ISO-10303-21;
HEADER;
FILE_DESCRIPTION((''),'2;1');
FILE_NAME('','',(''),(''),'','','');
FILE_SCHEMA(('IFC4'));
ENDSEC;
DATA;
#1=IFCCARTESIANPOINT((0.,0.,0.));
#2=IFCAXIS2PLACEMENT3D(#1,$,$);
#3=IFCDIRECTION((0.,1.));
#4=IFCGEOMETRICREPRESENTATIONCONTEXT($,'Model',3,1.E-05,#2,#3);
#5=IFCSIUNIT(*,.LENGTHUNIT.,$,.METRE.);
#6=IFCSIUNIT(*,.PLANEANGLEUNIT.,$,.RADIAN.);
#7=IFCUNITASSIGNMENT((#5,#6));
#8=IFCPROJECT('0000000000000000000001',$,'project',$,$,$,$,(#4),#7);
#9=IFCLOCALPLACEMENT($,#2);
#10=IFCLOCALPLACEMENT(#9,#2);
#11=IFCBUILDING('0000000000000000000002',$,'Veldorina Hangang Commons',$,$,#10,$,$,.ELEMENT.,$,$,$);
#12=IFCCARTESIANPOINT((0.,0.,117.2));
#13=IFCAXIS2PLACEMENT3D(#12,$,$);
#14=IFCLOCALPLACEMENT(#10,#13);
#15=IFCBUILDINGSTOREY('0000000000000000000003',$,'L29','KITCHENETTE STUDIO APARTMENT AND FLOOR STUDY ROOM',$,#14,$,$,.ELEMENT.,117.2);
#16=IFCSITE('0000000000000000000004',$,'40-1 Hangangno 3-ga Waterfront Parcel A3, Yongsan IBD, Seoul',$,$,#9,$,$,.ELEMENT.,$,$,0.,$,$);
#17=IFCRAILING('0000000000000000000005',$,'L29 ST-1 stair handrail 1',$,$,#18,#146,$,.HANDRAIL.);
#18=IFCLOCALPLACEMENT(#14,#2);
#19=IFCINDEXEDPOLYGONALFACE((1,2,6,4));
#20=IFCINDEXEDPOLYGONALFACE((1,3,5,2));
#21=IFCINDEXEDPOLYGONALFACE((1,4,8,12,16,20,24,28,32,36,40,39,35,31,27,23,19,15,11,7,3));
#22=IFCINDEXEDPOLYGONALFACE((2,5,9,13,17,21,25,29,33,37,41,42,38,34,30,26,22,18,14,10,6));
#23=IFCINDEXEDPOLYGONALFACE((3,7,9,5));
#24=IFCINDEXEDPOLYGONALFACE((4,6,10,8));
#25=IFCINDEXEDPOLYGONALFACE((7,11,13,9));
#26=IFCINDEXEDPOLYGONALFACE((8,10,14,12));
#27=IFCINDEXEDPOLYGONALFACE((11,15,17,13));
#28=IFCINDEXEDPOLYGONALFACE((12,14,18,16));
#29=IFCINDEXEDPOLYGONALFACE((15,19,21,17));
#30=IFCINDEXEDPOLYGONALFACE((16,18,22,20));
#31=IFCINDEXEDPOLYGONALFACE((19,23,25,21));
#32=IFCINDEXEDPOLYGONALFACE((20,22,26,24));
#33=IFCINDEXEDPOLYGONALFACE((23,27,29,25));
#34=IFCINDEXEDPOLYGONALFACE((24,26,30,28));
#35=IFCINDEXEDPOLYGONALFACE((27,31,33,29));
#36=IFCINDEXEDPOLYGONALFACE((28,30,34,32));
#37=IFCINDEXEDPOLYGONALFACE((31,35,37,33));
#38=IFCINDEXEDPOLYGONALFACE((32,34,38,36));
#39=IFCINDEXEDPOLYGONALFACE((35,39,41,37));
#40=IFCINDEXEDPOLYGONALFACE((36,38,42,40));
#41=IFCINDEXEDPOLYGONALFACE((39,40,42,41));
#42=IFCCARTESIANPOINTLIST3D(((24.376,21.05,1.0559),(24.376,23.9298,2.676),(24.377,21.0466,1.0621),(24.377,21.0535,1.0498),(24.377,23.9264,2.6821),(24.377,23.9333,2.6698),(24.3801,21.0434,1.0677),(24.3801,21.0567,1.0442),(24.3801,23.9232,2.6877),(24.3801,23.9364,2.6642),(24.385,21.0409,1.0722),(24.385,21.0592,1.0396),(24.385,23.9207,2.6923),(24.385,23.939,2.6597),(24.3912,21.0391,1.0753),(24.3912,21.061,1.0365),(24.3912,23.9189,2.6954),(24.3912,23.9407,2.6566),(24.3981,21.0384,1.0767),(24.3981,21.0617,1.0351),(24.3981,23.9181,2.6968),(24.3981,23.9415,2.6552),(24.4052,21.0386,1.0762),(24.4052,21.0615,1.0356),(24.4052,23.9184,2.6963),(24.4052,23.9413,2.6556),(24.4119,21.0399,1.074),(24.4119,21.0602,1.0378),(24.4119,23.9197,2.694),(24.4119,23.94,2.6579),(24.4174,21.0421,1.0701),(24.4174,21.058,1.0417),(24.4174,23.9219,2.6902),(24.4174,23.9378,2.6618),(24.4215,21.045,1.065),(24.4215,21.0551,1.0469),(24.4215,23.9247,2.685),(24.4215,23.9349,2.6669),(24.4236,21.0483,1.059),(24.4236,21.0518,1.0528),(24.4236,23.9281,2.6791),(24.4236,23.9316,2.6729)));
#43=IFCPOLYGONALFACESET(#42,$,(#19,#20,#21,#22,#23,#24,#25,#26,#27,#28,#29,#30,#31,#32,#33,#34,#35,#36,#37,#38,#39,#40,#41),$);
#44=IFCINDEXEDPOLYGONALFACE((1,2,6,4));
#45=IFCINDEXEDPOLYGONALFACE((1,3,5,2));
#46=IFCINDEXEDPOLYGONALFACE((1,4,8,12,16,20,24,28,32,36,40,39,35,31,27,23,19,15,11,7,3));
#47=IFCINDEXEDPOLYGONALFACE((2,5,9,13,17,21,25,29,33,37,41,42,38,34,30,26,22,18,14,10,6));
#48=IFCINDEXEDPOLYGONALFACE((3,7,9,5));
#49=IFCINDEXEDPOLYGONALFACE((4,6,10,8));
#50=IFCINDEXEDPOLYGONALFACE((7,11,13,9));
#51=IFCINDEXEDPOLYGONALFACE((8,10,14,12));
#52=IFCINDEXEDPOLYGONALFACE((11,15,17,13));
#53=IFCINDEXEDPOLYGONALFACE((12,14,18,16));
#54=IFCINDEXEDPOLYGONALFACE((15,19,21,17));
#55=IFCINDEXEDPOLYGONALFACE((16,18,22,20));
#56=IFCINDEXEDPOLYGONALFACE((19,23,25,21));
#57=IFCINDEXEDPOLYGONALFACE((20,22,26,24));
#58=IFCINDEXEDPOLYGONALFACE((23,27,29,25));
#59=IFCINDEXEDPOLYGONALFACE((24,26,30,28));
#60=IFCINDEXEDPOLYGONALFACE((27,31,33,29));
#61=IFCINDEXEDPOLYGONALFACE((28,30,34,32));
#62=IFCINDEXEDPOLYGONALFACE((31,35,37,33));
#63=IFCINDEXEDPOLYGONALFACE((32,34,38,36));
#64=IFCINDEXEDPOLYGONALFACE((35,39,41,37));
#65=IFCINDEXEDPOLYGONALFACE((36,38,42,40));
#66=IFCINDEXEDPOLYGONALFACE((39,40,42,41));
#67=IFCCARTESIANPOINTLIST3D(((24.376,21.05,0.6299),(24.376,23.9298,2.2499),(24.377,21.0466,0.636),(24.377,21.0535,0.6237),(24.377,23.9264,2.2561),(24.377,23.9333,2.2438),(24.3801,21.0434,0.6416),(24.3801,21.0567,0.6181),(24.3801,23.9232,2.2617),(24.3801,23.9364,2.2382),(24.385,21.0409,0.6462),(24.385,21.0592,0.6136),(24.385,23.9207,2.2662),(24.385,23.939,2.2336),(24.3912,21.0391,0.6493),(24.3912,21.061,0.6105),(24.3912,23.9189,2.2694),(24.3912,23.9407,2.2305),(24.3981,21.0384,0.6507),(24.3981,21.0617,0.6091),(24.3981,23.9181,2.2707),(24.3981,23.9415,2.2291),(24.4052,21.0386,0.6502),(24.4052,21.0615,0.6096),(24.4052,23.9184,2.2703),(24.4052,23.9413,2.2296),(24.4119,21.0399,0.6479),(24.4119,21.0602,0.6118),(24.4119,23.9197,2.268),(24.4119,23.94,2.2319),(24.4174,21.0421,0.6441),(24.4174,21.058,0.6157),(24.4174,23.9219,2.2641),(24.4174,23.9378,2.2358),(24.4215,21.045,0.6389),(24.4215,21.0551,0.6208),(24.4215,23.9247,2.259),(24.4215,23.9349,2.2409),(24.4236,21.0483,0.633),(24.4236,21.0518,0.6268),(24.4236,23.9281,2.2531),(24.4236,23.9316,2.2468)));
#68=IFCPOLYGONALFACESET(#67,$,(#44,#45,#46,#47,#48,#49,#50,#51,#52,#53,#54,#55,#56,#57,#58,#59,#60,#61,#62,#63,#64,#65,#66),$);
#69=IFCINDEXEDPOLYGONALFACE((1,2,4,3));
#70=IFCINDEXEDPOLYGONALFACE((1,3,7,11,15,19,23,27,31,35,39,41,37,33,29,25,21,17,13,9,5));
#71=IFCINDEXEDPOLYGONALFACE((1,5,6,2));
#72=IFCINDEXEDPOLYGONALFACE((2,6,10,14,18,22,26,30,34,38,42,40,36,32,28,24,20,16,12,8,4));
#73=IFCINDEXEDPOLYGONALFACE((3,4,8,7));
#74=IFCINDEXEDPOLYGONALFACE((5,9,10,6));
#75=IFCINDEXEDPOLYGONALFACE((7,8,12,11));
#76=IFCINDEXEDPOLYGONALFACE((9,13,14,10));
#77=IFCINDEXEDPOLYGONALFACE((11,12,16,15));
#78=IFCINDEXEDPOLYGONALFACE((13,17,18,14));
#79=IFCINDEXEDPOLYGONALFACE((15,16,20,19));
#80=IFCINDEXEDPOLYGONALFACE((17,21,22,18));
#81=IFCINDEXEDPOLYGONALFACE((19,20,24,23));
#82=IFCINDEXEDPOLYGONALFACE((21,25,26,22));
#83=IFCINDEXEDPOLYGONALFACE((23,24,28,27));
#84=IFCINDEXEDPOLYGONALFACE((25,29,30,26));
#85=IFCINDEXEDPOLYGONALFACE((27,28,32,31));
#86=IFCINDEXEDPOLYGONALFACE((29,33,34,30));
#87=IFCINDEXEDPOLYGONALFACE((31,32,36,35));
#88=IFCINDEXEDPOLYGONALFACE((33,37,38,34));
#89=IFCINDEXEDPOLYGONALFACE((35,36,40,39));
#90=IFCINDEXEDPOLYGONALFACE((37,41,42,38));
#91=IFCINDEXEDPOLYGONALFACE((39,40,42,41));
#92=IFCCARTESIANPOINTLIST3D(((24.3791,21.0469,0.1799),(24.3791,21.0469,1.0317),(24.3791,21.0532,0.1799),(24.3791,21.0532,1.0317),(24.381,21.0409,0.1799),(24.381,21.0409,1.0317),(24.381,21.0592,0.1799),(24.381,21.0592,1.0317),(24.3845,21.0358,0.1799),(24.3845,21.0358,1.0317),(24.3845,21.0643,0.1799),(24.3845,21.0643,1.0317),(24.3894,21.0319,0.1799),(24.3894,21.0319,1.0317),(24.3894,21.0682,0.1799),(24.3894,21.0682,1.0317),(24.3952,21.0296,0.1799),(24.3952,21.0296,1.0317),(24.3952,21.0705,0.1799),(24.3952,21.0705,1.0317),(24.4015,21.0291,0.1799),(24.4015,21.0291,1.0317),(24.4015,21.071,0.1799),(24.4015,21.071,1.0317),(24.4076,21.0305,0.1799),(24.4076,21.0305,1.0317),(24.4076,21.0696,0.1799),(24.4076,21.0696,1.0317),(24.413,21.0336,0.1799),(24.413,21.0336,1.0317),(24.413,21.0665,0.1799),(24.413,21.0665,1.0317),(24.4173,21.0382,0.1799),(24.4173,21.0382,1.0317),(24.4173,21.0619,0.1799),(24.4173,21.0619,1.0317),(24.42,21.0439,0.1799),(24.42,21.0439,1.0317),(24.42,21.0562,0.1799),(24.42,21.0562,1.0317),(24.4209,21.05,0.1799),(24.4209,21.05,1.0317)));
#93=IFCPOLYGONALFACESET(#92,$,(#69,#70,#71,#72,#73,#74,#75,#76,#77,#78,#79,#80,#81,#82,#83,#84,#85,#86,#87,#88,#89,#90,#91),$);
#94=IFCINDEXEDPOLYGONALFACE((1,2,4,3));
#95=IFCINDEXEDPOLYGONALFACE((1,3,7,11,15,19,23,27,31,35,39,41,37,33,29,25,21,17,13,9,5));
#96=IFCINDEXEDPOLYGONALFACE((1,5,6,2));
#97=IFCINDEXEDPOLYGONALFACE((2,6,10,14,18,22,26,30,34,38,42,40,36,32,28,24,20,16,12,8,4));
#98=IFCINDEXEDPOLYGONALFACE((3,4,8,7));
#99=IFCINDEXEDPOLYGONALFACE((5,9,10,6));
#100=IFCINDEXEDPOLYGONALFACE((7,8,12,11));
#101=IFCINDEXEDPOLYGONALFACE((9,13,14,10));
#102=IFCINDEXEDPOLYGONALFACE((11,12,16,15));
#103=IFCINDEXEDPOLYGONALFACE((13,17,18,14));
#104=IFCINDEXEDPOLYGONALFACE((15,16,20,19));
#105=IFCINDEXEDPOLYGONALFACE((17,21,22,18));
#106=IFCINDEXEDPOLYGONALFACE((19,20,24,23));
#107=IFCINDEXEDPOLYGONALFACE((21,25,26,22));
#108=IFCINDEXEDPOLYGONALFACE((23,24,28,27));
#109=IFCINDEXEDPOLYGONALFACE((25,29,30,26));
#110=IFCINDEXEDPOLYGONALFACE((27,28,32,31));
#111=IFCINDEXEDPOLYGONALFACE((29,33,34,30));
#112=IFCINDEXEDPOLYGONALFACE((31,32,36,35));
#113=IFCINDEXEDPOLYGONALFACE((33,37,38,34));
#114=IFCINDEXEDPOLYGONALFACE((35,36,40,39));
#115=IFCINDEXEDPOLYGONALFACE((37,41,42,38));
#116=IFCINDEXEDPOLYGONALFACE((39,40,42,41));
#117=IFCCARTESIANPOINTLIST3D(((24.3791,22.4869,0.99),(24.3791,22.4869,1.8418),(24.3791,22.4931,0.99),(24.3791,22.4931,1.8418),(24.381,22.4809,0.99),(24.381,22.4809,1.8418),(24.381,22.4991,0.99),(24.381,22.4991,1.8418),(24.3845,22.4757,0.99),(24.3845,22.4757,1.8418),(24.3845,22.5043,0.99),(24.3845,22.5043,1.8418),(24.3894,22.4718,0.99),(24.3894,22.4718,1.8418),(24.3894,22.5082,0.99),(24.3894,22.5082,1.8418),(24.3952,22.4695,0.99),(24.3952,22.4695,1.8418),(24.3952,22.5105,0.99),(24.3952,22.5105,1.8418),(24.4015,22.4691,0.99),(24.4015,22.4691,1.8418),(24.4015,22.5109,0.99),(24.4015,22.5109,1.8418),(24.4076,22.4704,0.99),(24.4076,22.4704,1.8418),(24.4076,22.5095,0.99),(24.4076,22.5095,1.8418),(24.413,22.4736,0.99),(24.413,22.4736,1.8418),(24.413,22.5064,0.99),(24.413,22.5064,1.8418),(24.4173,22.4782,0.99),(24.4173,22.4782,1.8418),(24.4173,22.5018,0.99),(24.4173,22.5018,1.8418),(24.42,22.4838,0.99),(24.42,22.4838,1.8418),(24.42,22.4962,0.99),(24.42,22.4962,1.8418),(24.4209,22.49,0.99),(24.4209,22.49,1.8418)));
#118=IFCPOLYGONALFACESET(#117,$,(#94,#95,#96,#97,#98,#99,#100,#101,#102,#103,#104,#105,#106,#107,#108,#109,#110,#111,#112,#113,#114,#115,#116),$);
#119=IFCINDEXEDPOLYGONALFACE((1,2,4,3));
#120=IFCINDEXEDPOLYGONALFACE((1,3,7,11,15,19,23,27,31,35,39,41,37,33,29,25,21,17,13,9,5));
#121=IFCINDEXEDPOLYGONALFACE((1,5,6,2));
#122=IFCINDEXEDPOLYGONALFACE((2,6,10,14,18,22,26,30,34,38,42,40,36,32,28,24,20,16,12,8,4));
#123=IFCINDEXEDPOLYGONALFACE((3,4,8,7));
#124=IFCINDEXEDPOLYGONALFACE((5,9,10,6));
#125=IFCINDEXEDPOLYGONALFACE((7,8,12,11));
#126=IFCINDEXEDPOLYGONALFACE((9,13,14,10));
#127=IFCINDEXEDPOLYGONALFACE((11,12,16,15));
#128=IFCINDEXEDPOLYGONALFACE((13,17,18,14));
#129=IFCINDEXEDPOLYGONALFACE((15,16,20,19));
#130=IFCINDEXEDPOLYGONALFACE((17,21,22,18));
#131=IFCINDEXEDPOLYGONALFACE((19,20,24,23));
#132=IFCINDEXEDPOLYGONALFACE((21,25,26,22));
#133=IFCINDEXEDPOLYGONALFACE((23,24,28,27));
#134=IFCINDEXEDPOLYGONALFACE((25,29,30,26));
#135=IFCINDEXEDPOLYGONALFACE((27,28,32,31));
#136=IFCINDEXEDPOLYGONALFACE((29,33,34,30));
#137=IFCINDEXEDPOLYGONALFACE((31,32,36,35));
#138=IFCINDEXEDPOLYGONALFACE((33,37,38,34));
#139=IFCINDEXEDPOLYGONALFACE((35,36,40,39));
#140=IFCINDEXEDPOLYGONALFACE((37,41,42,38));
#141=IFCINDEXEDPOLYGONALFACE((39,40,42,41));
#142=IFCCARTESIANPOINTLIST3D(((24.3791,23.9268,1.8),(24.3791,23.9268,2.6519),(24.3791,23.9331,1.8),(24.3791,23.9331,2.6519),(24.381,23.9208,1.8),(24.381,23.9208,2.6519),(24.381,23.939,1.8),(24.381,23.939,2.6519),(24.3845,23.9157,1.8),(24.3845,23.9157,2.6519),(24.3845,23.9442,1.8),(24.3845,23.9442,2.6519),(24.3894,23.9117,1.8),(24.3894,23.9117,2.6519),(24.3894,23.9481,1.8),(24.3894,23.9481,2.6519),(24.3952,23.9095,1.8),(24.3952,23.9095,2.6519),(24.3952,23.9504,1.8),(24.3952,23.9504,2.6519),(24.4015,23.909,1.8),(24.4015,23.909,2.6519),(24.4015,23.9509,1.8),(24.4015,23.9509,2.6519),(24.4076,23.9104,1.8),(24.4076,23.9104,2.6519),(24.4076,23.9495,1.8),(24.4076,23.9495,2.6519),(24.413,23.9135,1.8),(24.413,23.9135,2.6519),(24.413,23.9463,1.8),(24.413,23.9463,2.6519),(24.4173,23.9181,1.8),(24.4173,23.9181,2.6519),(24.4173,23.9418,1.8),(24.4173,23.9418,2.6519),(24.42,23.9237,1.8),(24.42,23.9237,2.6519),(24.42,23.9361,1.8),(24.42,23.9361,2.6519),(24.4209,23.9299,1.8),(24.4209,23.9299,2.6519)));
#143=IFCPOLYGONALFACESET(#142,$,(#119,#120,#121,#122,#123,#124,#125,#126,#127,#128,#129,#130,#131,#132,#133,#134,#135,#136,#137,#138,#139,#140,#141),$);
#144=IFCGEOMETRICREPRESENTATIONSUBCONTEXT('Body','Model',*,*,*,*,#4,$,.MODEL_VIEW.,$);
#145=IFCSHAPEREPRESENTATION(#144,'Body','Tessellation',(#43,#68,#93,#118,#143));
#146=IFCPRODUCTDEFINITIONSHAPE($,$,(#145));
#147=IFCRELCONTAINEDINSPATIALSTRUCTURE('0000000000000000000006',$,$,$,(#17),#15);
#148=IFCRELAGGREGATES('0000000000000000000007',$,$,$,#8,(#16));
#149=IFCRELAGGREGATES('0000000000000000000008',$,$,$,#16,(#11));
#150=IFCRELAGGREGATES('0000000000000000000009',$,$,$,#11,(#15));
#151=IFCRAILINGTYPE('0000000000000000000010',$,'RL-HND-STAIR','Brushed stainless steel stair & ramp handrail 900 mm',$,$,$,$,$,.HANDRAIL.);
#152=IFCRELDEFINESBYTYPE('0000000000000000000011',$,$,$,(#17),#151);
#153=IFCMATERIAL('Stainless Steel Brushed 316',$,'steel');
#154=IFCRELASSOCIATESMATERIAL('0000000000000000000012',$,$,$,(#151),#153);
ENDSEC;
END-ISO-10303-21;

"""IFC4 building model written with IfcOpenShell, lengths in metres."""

from ifc_helpers import new_model, si_unit, direction, frame, origin, origin_2d, place, context, subcontext, project, spatial, circle, extrude, material, type_object, element, save


model = new_model("IFC4")

# Units and contexts
model_context = context("Model", 3, precision=1e-05, world=origin(), true_north=direction((0.0, 1.0)))
body_context = subcontext(model_context, "Body", "Model", "MODEL_VIEW")
ifc_project = project(units=[si_unit("LENGTHUNIT", "METRE"), si_unit("PLANEANGLEUNIT", "RADIAN")], contexts=[model_context])

# Site, building, storey
site_placement = place(None, origin())
site = spatial("IfcSite", under=ifc_project, at=site_placement, Name="40-1 Hangangno 3-ga Waterfront Parcel A3, Yongsan IBD, Seoul", CompositionType="ELEMENT", RefElevation=0.0)
building_placement = place(site_placement, origin())
building = spatial("IfcBuilding", under=site, at=building_placement, Name="Veldorina Hangang Commons", CompositionType="ELEMENT")
storey_placement = place(building_placement, frame((0.0, 0.0, 117.2)))
storey = spatial("IfcBuildingStorey", under=building, at=storey_placement, Name="L29", Description="KITCHENETTE STUDIO APARTMENT AND FLOOR STUDY ROOM", CompositionType="ELEMENT", Elevation=117.2)

# Railing
ifc_material_1 = material(Name="Stainless Steel Brushed 316", Category="steel")
railing_type_1 = type_object("IfcRailingType", Name="RL-HND-STAIR", Description="Brushed stainless steel stair & ramp handrail 900 mm", PredefinedType="HANDRAIL", material=ifc_material_1)
railing_1_placement = place(storey_placement, frame((24.3999, 21.05, 0.1799)))
element("IfcRailing", 1, at=railing_1_placement, inside=storey, type_object=railing_type_1, Name="L29 ST-1 stair handrail 1", PredefinedType="HANDRAIL", context=body_context, shape_type="SweptSolid", body=[
    extrude(circle(Radius=0.0239, at=origin_2d()), frame((0.0, 0.0, 0.876), z_axis=(0.0, 0.871552, 0.490303), x_axis=(-1.0, 0.0, 0.0)), (0.0, 0.0, 1.0), 3.3042),
    extrude(circle(Radius=0.0239, at=origin_2d()), frame((0.0, 0.0, 0.45), z_axis=(0.0, 0.871552, 0.490303), x_axis=(-1.0, 0.0, 0.0)), (0.0, 0.0, 1.0), 3.3042),
    extrude(circle(Radius=0.021, at=origin_2d()), origin(), (0.0, 0.0, 1.0), 0.8518),
    extrude(circle(Radius=0.021, at=origin_2d()), frame((0.0, 1.4399, 0.8101)), (0.0, 0.0, 1.0), 0.8518),
    extrude(circle(Radius=0.021, at=origin_2d()), frame((0.0, 2.8799, 1.6201)), (0.0, 0.0, 1.0), 0.8518),
])

save(model, "model.ifc")
